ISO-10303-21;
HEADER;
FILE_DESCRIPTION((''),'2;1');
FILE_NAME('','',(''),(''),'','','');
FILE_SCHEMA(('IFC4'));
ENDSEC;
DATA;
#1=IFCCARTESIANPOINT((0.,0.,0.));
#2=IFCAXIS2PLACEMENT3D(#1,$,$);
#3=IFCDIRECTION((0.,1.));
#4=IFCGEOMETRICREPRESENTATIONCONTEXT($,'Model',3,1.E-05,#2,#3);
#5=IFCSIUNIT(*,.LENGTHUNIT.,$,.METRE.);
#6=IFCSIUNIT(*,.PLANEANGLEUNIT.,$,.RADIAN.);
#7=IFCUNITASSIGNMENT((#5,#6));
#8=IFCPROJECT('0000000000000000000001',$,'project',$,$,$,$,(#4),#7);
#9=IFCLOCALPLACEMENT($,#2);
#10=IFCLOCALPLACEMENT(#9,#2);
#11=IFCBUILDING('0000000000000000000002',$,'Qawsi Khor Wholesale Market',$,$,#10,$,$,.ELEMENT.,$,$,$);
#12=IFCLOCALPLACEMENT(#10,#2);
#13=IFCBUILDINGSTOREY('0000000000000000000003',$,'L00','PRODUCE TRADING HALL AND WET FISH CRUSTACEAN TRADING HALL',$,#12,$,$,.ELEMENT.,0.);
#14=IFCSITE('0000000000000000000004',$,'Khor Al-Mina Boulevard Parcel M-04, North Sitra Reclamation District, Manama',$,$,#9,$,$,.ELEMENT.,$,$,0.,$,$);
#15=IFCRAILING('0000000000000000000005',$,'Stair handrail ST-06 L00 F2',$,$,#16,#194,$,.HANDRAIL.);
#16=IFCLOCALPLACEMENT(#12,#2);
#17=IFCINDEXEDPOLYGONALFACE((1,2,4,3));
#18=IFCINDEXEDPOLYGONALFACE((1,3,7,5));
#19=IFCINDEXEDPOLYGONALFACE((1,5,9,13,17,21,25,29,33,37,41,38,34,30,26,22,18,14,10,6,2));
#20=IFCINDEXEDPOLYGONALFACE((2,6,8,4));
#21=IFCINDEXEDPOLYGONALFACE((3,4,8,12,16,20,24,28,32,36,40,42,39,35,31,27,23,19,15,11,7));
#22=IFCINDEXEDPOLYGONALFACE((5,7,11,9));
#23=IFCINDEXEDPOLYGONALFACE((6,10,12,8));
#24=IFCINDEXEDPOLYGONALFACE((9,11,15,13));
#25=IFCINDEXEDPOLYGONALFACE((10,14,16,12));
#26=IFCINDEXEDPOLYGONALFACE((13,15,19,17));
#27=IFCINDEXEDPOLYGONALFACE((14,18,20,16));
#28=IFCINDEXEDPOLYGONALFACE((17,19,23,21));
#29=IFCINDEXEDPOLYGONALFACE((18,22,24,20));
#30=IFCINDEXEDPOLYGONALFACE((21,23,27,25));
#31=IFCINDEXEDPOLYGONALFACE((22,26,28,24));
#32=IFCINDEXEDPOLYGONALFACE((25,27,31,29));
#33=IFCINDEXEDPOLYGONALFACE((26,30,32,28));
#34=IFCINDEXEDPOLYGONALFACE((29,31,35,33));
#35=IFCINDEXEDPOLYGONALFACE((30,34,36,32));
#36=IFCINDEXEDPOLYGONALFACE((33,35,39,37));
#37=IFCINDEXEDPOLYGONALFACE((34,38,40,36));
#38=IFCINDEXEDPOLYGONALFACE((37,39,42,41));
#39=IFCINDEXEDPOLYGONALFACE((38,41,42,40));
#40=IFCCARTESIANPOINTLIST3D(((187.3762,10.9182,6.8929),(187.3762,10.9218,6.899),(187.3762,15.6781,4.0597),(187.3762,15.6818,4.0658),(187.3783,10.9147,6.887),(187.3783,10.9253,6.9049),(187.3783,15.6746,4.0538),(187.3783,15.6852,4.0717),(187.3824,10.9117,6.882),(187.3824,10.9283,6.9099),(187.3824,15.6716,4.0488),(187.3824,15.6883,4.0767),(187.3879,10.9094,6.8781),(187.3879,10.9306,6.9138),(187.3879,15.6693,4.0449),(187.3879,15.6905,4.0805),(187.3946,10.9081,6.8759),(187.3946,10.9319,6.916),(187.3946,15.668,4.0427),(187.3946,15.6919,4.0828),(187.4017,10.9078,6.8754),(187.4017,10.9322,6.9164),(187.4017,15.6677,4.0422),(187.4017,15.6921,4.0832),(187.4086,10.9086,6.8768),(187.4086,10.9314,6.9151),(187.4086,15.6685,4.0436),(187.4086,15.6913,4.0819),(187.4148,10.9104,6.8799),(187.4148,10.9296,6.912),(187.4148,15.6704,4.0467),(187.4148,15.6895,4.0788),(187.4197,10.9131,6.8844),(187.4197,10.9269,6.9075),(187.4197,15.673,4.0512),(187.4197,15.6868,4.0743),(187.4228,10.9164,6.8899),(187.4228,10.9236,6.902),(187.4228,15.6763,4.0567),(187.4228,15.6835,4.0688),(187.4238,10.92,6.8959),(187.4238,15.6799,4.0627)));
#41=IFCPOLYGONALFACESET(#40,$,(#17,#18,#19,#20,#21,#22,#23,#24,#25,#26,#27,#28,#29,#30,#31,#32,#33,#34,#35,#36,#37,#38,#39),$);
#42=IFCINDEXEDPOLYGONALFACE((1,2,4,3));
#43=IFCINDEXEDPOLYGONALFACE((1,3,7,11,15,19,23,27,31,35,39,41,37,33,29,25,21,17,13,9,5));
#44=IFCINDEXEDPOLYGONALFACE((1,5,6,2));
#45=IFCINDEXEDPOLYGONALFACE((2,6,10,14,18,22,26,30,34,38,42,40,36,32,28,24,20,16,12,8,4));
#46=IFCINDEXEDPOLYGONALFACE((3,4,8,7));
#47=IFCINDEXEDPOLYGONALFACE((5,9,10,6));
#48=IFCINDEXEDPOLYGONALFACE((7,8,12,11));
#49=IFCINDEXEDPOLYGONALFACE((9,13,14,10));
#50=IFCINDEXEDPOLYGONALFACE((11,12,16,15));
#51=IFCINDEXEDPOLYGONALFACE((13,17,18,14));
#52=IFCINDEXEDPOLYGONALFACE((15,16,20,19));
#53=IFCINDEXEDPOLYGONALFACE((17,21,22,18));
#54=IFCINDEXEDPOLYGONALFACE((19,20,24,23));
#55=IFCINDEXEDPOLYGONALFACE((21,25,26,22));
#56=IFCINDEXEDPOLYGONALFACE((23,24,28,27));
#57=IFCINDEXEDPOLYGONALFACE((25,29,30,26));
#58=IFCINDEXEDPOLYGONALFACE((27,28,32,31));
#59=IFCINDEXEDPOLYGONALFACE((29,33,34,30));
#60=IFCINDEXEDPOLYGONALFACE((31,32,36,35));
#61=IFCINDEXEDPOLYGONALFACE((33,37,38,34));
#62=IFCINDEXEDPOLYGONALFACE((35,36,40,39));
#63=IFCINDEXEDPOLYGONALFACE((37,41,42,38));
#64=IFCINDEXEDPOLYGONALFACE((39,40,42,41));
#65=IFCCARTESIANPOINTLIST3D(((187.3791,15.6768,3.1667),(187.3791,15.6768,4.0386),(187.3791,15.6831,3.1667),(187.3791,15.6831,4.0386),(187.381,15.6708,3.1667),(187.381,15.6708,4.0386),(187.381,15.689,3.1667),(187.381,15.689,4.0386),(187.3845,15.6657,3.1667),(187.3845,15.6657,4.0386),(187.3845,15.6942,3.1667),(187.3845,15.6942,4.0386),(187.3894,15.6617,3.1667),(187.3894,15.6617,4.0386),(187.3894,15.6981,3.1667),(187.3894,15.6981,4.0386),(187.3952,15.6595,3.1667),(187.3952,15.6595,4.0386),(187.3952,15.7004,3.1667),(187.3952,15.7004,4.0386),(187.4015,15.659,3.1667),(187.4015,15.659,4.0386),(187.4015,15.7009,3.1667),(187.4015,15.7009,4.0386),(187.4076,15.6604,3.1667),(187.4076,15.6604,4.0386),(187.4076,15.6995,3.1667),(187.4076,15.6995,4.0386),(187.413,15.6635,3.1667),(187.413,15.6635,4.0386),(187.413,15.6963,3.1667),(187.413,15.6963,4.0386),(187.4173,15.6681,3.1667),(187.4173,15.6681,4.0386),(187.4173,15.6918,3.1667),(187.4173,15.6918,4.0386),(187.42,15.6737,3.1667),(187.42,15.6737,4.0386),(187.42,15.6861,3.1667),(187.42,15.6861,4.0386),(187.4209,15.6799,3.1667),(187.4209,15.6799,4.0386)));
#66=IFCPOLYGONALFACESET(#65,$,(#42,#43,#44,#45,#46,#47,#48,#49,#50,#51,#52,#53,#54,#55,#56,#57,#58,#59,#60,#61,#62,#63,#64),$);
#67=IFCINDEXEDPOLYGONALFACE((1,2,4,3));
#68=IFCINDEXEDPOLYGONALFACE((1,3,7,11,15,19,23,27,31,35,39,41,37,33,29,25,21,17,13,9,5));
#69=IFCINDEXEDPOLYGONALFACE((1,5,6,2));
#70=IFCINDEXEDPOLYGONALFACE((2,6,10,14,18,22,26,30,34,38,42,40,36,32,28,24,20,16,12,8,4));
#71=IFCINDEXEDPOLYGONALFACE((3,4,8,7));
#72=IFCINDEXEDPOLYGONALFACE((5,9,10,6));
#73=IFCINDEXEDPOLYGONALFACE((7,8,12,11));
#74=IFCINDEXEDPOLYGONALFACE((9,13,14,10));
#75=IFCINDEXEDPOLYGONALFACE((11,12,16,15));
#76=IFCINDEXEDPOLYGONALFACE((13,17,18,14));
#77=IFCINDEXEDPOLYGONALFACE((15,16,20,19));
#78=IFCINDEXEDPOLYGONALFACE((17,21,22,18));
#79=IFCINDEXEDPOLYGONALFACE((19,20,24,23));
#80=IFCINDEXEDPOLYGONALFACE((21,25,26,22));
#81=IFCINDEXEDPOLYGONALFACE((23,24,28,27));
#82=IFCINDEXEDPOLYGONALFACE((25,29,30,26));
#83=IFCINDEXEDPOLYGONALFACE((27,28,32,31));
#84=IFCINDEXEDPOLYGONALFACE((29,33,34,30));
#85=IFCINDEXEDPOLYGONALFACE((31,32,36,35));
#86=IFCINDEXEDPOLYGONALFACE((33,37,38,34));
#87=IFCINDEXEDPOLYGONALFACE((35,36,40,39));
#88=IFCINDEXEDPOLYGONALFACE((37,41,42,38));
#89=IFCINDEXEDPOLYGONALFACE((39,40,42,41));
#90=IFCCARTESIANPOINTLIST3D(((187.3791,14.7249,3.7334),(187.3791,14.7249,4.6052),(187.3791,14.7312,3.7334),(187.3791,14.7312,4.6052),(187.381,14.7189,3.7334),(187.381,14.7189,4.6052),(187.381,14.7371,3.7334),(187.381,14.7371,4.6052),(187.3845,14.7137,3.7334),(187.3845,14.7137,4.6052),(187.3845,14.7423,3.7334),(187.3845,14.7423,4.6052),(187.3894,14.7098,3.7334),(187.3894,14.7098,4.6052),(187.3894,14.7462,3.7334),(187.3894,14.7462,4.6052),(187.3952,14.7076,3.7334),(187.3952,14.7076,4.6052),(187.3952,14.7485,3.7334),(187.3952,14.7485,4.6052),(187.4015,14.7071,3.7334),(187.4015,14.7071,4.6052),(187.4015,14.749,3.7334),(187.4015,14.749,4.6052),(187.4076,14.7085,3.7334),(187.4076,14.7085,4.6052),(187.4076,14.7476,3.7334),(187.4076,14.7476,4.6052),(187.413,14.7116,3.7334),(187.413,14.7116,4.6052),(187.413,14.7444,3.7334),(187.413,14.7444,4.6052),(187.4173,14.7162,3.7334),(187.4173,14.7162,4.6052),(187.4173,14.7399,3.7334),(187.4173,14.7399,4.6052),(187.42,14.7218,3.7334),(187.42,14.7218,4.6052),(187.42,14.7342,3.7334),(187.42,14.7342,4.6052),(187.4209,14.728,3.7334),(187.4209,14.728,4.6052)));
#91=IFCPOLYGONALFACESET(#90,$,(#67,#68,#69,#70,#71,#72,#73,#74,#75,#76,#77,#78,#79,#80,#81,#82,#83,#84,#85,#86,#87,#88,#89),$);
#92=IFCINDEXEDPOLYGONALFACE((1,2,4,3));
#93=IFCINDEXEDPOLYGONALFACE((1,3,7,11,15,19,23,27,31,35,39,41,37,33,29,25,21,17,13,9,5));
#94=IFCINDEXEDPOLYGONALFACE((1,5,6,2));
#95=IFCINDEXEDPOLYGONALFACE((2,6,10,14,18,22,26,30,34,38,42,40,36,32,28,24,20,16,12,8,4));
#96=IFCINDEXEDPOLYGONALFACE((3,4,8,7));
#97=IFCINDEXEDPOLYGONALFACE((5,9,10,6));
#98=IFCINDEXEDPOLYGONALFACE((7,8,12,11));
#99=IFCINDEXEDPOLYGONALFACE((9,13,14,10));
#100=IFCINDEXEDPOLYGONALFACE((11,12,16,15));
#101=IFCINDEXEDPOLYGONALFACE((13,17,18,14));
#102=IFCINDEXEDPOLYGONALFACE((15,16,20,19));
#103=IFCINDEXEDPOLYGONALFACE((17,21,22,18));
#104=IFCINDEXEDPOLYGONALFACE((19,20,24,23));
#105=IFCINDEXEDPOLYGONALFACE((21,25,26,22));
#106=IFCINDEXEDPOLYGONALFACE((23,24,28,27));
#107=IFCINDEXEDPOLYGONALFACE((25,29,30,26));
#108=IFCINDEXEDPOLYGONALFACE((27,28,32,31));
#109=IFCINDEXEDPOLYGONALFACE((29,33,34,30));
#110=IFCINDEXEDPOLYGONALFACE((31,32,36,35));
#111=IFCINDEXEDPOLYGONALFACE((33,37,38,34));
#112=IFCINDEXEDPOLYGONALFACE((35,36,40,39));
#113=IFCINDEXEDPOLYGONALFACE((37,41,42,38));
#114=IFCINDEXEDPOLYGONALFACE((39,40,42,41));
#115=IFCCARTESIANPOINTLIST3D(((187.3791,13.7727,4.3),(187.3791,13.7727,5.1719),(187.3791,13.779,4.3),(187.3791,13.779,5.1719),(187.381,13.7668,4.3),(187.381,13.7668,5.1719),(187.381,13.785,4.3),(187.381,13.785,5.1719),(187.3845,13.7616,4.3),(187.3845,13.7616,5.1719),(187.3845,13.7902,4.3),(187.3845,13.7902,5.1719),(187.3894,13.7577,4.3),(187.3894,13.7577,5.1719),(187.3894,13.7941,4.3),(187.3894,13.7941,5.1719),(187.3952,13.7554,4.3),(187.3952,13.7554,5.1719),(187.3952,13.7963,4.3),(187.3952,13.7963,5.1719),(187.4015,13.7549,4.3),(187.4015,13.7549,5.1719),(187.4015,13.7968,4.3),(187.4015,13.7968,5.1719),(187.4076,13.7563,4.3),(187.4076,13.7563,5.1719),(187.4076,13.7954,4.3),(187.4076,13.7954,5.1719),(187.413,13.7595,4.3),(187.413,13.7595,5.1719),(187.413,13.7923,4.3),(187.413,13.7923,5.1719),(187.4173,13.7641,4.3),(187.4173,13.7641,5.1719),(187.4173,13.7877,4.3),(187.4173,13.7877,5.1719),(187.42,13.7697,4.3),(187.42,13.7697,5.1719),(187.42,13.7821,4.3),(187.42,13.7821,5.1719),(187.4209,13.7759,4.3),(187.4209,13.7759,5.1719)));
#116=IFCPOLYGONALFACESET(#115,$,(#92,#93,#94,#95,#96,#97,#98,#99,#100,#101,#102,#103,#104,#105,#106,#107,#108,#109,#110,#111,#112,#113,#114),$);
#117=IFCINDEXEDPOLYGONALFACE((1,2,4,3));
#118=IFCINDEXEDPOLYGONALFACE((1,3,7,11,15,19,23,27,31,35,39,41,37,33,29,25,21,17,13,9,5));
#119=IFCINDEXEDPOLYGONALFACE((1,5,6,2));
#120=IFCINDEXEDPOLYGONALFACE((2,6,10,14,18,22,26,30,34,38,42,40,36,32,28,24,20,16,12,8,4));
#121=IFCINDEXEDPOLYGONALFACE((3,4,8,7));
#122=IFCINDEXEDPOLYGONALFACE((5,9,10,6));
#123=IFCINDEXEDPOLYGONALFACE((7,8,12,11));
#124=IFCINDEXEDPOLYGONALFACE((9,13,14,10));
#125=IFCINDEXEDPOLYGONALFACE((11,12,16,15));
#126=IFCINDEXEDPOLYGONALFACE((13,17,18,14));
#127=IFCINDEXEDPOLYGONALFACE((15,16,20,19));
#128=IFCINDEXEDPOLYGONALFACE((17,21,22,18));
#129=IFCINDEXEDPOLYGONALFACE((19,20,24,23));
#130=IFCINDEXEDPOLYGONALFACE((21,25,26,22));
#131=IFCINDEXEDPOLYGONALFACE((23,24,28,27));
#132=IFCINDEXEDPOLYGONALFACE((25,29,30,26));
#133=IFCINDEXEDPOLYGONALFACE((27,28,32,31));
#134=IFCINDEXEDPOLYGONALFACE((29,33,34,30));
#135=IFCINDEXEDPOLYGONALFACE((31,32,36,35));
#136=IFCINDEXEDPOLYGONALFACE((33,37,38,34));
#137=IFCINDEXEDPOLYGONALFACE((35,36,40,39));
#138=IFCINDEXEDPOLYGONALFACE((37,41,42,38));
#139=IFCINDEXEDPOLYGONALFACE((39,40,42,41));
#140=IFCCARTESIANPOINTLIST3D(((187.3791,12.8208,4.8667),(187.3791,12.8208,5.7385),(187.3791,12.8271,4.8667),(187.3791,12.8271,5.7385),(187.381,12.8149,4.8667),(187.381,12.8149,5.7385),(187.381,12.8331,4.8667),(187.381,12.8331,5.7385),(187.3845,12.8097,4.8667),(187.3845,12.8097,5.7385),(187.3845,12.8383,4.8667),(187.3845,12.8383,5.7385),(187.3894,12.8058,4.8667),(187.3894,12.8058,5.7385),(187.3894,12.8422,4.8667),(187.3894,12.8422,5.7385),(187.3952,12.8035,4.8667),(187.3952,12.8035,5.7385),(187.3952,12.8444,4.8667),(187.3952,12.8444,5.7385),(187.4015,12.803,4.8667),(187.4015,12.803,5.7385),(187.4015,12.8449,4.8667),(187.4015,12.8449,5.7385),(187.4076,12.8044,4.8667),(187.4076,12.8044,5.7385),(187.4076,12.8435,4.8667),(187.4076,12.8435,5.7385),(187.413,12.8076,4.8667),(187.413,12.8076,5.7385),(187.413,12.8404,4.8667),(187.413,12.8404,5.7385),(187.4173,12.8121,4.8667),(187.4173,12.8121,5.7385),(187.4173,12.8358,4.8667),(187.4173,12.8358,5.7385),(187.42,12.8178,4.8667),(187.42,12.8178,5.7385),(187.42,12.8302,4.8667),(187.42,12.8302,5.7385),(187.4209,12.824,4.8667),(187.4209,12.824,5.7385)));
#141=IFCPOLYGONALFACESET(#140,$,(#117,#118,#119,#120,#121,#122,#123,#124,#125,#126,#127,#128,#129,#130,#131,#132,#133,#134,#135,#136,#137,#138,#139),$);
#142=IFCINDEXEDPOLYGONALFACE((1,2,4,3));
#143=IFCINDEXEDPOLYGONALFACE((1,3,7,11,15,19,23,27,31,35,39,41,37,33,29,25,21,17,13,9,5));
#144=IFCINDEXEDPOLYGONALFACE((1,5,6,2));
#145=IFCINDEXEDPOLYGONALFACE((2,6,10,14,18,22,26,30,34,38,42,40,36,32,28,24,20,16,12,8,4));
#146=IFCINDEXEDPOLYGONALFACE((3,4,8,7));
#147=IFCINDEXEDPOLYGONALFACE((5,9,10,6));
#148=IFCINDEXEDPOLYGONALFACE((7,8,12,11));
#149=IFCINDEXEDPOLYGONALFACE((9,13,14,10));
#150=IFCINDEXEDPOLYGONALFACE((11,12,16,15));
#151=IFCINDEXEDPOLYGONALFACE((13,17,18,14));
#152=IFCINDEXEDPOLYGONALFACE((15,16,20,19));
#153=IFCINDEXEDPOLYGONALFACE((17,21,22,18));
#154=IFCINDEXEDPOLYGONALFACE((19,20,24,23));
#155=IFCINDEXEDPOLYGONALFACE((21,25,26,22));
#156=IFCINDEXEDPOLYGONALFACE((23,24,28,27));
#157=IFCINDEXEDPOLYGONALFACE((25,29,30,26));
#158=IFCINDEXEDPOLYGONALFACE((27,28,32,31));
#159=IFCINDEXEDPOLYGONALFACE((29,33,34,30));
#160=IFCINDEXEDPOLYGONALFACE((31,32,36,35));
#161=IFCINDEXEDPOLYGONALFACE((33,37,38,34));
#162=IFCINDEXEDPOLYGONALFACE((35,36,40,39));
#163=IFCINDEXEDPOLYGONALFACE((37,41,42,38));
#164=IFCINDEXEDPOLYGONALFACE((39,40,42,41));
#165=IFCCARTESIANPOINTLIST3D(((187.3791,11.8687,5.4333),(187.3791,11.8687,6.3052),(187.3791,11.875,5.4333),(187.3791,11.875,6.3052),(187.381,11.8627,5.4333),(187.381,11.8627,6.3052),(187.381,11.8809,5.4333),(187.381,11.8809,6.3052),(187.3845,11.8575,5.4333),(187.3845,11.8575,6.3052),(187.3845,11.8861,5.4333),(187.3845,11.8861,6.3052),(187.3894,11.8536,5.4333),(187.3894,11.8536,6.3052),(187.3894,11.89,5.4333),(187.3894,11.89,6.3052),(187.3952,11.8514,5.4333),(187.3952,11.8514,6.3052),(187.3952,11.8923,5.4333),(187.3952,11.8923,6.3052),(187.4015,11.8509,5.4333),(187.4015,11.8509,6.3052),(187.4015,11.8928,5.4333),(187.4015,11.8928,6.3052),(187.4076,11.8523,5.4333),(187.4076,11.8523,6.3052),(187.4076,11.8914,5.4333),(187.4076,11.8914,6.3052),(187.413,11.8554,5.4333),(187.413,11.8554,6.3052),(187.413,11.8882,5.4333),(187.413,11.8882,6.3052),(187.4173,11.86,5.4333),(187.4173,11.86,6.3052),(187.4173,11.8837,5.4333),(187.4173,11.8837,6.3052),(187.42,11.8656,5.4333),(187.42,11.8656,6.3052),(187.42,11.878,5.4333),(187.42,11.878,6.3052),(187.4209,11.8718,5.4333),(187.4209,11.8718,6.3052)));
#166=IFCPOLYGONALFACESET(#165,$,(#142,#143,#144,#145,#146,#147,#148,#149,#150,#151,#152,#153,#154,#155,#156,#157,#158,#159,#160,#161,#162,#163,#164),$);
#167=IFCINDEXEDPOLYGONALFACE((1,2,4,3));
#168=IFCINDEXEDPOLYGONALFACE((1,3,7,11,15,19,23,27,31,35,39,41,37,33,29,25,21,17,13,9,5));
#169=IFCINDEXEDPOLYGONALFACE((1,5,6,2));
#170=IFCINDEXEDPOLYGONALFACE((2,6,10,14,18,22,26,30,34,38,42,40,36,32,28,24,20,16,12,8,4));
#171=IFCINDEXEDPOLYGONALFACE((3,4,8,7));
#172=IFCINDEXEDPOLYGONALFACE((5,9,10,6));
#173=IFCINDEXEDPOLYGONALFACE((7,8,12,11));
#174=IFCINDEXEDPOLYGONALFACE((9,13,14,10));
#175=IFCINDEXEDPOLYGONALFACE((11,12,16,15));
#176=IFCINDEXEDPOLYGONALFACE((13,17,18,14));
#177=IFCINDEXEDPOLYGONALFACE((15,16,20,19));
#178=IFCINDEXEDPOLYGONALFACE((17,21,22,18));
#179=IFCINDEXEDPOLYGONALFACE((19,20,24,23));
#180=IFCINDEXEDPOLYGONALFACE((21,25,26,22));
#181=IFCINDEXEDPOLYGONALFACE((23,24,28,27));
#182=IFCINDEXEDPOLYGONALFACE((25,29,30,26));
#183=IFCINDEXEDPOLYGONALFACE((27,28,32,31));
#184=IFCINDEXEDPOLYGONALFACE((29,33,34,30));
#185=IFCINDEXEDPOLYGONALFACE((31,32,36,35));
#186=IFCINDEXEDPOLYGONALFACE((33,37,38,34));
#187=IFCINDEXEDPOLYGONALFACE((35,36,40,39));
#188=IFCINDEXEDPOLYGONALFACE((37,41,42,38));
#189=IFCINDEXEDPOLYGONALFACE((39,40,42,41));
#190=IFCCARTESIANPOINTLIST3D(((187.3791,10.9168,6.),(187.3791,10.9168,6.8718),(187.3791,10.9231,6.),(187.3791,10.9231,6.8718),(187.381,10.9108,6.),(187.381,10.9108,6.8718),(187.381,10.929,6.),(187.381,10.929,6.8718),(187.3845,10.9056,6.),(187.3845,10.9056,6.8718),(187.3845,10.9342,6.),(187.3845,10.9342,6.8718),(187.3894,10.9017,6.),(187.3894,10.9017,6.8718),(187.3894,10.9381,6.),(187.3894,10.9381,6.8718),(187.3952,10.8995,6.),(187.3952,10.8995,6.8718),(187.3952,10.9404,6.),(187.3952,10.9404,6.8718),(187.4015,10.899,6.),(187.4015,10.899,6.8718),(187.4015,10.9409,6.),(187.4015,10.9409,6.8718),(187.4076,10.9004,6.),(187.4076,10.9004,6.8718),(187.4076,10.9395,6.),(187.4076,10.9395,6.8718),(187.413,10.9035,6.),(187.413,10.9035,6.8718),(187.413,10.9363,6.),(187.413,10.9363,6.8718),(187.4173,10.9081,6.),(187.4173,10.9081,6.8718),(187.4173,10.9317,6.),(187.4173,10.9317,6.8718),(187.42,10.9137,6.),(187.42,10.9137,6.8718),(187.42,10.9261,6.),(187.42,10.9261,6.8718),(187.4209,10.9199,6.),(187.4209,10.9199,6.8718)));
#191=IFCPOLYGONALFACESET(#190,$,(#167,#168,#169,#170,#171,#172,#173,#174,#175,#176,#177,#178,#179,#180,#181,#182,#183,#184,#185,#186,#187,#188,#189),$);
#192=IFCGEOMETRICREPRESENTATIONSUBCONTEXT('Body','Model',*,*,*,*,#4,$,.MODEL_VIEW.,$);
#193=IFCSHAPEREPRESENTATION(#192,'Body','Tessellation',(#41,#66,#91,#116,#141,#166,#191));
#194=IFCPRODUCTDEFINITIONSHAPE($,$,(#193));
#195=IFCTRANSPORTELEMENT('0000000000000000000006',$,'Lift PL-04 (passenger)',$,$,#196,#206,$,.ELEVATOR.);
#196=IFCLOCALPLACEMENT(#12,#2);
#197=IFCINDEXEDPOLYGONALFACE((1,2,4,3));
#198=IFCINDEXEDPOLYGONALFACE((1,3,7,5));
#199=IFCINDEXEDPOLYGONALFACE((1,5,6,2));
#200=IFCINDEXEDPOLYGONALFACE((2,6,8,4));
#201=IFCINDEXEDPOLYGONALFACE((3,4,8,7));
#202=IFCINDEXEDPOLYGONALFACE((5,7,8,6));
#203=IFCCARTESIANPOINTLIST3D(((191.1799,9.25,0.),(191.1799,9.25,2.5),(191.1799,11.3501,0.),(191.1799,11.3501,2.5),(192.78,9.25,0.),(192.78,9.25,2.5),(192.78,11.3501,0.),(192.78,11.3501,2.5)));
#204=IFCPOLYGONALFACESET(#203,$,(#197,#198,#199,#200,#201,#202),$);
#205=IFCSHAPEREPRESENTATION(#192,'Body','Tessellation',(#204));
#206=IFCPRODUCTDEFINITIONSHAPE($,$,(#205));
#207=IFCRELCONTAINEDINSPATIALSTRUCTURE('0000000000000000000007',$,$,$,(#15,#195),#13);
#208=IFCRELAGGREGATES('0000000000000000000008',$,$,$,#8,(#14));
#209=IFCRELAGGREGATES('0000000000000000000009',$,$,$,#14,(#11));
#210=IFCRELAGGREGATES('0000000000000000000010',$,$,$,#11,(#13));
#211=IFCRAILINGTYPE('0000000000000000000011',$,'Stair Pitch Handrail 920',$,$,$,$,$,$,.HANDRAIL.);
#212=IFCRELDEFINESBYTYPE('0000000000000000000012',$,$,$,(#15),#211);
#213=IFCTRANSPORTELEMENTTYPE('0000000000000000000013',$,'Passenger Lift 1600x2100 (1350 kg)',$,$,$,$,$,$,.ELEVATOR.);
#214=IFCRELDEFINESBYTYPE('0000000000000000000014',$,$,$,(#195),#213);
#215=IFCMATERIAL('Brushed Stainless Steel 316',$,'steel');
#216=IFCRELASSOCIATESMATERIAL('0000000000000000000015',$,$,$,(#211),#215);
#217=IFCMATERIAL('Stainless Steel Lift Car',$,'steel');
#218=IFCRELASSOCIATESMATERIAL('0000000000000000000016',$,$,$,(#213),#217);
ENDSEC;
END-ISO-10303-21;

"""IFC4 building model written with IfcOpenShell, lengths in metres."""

from ifc_helpers import new_model, si_unit, direction, frame, origin, origin_2d, place, context, subcontext, project, spatial, rectangle, circle, extrude, material, type_object, element, save


model = new_model("IFC4")

# Units and contexts
model_context = context("Model", 3, precision=1e-05, world=origin(), true_north=direction((0.0, 1.0)))
body_context = subcontext(model_context, "Body", "Model", "MODEL_VIEW")
ifc_project = project(units=[si_unit("LENGTHUNIT", "METRE"), si_unit("PLANEANGLEUNIT", "RADIAN")], contexts=[model_context])

# Site, building, storey
site_placement = place(None, origin())
site = spatial("IfcSite", under=ifc_project, at=site_placement, Name="Khor Al-Mina Boulevard Parcel M-04, North Sitra Reclamation District, Manama", CompositionType="ELEMENT", RefElevation=0.0)
building_placement = place(site_placement, origin())
building = spatial("IfcBuilding", under=site, at=building_placement, Name="Qawsi Khor Wholesale Market", CompositionType="ELEMENT")
storey_placement = place(building_placement, origin())
storey = spatial("IfcBuildingStorey", under=building, at=storey_placement, Name="L00", Description="PRODUCE TRADING HALL AND WET FISH CRUSTACEAN TRADING HALL", CompositionType="ELEMENT", Elevation=0.0)

# Railing
ifc_material_1 = material(Name="Brushed Stainless Steel 316", Category="steel")
railing_type = type_object("IfcRailingType", Name="Stair Pitch Handrail 920", PredefinedType="HANDRAIL", material=ifc_material_1)
railing_1_placement = place(storey_placement, frame((187.3999, 15.6799, 3.1667)))
element("IfcRailing", 1, at=railing_1_placement, inside=storey, type_object=railing_type, Name="Stair handrail ST-06 L00 F2", PredefinedType="HANDRAIL", context=body_context, shape_type="SweptSolid", body=[
    extrude(circle(Radius=0.0239, at=origin_2d()), frame((0.0, 0.0, 0.896), z_axis=(0.0, -0.8593, 0.511472), x_axis=(1.0, 0.0, 0.0)), (0.0, 0.0, 1.0), 5.5393),
    extrude(circle(Radius=0.021, at=origin_2d()), origin(), (0.0, 0.0, 1.0), 0.8718),
    extrude(circle(Radius=0.021, at=origin_2d()), frame((0.0, -0.9519, 0.5667)), (0.0, 0.0, 1.0), 0.8718),
    extrude(circle(Radius=0.021, at=origin_2d()), frame((0.0, -1.9041, 1.1333)), (0.0, 0.0, 1.0), 0.8718),
    extrude(circle(Radius=0.021, at=origin_2d()), frame((0.0, -2.856, 1.7)), (0.0, 0.0, 1.0), 0.8718),
    extrude(circle(Radius=0.021, at=origin_2d()), frame((0.0, -3.8081, 2.2666)), (0.0, 0.0, 1.0), 0.8718),
    extrude(circle(Radius=0.021, at=origin_2d()), frame((0.0, -4.76, 2.8333)), (0.0, 0.0, 1.0), 0.8718),
])

# Transport element
ifc_material_2 = material(Name="Stainless Steel Lift Car", Category="steel")
transport_element_type = type_object("IfcTransportElementType", Name="Passenger Lift 1600x2100 (1350 kg)", PredefinedType="ELEVATOR", material=ifc_material_2)
transport_element_placement = place(storey_placement, frame((191.98, 10.3, 0.0), z_axis=(0.0, 0.0, 1.0), x_axis=(1.0, 0.0, 0.0)))
element("IfcTransportElement", 2, at=transport_element_placement, inside=storey, type_object=transport_element_type, Name="Lift PL-04 (passenger)", PredefinedType="ELEVATOR", context=body_context, shape_type="SweptSolid", body=[
    extrude(rectangle(XDim=1.6001, YDim=2.1001, at=origin_2d()), origin(), (0.0, 0.0, 1.0), 2.5),
])

save(model, "model.ifc")
